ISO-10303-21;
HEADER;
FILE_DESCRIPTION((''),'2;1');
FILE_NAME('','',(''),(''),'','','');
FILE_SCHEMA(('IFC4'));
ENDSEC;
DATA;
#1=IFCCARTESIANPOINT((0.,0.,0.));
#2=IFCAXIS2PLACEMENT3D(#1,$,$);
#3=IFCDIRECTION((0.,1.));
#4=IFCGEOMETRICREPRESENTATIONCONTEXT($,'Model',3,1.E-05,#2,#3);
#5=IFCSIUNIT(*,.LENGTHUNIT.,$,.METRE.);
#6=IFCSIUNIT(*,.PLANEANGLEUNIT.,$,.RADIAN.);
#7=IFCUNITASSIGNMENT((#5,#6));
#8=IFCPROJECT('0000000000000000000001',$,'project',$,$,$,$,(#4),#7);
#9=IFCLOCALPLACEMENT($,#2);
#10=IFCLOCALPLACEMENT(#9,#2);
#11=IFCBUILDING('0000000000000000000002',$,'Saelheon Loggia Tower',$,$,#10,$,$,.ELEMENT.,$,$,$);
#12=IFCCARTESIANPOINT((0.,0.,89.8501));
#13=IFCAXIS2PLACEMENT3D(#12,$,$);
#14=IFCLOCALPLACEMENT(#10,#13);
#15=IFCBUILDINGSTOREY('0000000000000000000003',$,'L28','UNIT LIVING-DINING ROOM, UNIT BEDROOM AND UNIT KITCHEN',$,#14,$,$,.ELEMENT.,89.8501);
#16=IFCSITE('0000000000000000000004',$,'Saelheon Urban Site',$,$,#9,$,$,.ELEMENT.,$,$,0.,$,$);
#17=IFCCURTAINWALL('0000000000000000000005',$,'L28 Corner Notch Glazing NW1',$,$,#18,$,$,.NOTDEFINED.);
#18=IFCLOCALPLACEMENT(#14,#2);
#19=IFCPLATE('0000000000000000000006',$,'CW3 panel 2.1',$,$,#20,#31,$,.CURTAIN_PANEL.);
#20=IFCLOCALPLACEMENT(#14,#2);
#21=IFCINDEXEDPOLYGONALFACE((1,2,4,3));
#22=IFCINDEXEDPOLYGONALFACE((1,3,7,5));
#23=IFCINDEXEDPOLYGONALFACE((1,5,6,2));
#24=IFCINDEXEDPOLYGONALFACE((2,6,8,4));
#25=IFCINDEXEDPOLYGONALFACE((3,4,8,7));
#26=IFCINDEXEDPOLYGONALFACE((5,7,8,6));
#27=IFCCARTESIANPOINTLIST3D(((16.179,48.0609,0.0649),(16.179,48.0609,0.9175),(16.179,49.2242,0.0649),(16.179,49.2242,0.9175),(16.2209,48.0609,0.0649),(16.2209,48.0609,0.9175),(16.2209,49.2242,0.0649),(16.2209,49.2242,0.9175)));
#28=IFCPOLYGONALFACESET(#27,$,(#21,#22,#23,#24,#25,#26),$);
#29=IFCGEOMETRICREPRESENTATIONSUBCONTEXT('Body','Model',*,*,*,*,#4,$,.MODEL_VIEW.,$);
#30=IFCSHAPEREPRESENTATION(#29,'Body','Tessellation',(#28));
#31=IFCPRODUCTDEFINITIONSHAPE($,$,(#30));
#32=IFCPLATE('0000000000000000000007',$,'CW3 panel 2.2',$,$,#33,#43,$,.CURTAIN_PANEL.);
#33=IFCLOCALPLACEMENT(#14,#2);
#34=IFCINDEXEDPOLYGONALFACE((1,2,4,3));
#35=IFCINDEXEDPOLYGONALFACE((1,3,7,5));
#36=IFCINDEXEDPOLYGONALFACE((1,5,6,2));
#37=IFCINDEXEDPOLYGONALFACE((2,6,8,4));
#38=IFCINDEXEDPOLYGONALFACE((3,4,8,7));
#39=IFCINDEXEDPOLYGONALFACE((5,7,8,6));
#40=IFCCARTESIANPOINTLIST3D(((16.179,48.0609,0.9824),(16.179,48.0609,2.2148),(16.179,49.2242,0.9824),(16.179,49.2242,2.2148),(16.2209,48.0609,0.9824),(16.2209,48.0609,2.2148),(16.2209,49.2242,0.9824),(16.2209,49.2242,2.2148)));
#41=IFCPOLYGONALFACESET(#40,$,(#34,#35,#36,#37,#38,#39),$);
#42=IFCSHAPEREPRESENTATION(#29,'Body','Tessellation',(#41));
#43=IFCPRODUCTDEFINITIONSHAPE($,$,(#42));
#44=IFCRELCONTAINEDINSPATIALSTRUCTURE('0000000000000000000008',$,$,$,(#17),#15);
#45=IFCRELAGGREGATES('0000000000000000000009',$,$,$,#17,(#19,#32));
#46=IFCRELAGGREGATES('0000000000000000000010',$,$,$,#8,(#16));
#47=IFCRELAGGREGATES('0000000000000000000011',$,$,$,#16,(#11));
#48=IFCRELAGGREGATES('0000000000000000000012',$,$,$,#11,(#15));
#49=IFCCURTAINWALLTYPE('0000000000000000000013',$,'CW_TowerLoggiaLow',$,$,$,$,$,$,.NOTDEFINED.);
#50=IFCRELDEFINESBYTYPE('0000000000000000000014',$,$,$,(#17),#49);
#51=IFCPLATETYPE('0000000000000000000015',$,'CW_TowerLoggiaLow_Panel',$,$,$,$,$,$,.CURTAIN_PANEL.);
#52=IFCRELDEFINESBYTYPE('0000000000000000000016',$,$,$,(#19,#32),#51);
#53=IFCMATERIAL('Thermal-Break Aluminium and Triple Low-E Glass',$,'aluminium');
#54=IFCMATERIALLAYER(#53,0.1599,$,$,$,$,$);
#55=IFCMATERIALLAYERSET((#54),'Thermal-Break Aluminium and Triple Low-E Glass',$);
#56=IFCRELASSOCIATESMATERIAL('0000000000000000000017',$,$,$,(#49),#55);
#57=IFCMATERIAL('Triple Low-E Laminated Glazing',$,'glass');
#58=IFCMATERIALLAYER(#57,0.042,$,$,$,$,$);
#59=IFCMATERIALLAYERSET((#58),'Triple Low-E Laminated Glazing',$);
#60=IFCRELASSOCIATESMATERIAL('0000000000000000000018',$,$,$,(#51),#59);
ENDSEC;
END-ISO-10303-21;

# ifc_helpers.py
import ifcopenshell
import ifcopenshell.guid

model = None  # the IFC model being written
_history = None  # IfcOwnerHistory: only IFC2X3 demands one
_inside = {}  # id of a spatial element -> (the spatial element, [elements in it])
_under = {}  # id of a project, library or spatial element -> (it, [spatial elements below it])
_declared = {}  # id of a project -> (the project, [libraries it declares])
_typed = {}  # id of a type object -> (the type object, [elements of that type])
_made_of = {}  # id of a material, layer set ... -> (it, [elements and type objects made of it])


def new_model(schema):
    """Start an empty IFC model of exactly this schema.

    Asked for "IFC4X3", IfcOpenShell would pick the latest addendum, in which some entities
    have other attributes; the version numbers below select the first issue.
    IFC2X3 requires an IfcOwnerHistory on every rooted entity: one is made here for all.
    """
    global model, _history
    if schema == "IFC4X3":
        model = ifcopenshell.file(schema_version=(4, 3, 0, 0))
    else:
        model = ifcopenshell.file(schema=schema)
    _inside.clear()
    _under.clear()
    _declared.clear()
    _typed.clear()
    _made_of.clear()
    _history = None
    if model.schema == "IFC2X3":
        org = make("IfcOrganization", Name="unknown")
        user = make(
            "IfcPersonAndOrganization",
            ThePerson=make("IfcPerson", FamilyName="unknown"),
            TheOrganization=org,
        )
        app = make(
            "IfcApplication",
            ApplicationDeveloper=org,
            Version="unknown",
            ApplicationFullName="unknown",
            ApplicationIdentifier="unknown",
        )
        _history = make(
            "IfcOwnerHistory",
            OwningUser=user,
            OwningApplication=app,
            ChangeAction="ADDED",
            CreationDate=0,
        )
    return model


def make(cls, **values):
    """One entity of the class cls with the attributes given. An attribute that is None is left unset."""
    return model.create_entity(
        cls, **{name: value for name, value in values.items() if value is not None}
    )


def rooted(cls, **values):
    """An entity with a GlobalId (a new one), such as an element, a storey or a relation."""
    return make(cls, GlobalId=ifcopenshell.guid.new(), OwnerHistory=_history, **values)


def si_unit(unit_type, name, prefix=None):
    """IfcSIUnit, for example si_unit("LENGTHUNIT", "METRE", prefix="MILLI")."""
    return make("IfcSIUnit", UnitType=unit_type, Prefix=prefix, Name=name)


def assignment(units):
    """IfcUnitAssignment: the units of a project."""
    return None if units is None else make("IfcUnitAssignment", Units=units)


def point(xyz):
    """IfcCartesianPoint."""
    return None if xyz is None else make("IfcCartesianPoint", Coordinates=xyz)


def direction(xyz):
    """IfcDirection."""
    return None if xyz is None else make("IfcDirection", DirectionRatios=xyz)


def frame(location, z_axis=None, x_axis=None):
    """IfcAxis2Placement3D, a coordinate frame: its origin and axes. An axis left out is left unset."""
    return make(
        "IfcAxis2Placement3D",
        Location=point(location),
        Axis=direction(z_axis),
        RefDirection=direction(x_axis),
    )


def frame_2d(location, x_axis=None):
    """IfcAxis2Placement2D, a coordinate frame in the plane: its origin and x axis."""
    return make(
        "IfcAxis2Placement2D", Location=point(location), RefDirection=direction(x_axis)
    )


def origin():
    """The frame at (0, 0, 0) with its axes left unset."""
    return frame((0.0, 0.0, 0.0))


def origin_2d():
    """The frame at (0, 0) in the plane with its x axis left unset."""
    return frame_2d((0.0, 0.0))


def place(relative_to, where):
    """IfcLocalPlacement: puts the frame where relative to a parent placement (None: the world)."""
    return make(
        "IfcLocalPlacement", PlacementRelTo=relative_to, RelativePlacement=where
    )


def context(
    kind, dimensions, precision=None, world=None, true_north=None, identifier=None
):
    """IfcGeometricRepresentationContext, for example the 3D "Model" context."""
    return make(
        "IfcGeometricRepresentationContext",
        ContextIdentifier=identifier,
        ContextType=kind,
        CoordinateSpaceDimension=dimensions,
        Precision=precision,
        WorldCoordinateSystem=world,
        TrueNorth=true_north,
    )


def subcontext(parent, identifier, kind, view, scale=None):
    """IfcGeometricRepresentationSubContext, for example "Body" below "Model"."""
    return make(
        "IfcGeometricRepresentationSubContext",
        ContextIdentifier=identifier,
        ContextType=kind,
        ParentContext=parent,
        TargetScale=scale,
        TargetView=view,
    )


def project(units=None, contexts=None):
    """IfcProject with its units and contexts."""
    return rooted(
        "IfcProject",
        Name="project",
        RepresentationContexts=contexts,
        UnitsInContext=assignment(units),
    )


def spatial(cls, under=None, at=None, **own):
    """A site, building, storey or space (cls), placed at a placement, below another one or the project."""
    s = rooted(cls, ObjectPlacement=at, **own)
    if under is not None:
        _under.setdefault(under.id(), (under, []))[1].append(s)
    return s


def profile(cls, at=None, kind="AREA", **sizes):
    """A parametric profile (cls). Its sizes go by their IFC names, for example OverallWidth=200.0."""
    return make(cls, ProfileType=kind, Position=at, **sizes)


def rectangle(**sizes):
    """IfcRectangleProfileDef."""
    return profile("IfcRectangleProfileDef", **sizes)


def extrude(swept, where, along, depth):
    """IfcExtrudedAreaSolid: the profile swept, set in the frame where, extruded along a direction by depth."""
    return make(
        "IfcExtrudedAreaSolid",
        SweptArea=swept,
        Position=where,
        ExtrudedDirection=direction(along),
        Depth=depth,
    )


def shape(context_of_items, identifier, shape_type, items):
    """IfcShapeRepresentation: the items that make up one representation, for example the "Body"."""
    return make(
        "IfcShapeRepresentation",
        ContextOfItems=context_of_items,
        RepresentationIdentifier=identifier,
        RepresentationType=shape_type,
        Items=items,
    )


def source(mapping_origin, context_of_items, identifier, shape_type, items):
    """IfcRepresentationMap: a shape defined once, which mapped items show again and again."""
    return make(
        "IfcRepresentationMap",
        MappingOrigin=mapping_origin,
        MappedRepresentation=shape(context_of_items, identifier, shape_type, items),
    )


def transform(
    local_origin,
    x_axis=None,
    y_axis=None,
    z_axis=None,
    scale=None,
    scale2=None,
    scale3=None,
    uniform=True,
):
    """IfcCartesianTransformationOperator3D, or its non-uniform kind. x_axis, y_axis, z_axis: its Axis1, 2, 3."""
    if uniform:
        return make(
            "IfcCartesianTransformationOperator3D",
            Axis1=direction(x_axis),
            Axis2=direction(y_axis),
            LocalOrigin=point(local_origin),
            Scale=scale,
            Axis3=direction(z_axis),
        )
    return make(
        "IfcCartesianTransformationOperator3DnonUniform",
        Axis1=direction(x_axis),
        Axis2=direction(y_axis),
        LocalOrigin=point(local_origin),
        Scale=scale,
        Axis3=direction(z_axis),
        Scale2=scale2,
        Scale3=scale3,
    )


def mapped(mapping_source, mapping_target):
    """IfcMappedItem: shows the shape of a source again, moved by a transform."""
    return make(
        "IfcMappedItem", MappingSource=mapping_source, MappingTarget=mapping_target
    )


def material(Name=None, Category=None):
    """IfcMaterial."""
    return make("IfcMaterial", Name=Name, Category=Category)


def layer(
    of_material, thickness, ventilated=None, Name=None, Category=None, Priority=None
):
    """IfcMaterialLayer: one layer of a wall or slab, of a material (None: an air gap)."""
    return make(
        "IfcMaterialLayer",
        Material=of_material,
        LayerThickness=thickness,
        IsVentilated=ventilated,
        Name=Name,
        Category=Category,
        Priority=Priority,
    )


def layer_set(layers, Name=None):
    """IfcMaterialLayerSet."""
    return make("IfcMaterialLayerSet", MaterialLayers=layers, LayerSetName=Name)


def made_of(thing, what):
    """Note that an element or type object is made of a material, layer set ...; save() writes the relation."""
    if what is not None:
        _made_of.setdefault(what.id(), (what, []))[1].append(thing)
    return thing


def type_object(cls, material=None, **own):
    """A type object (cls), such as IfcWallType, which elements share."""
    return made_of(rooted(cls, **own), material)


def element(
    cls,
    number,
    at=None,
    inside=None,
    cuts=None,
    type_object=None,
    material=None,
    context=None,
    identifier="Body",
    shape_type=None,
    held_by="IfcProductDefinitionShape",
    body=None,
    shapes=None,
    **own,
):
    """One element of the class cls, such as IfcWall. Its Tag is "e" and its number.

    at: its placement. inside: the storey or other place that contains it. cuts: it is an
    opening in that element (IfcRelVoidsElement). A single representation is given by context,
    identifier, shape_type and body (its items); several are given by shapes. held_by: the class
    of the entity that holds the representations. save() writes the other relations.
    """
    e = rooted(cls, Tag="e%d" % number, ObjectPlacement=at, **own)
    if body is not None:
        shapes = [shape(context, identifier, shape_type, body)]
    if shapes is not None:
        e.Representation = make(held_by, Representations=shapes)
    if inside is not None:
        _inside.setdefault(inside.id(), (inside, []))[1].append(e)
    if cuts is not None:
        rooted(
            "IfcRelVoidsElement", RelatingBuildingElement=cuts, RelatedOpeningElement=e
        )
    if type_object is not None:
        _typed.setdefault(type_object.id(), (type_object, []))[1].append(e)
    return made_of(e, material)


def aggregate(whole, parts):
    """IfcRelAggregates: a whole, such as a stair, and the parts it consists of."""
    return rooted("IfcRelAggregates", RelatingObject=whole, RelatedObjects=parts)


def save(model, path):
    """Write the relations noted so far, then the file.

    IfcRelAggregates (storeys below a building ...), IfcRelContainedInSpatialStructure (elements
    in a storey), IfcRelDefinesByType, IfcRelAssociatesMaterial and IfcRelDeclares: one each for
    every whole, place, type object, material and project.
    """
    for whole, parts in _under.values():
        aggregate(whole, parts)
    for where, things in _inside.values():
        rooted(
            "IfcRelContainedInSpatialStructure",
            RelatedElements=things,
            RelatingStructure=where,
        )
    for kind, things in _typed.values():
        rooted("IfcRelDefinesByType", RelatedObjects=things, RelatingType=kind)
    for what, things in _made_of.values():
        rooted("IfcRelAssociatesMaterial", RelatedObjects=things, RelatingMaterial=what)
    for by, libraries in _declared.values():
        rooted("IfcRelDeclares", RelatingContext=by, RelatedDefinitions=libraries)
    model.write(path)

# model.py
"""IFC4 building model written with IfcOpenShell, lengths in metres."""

from ifc_helpers import new_model, si_unit, direction, frame, origin, origin_2d, place, context, subcontext, project, spatial, rectangle, extrude, source, transform, mapped, material, layer, layer_set, type_object, element, aggregate, save


model = new_model("IFC4")

# Units and contexts
model_context = context("Model", 3, precision=1e-05, world=origin(), true_north=direction((0.0, 1.0)))
body_context = subcontext(model_context, "Body", "Model", "MODEL_VIEW")
ifc_project = project(units=[si_unit("LENGTHUNIT", "METRE"), si_unit("PLANEANGLEUNIT", "RADIAN")], contexts=[model_context])

# Site, building, storey
site_placement = place(None, origin())
site = spatial("IfcSite", under=ifc_project, at=site_placement, Name="Saelheon Urban Site", CompositionType="ELEMENT", RefElevation=0.0)
building_placement = place(site_placement, origin())
building = spatial("IfcBuilding", under=site, at=building_placement, Name="Saelheon Loggia Tower", CompositionType="ELEMENT")
storey_placement = place(building_placement, frame((0.0, 0.0, 89.8501)))
storey = spatial("IfcBuildingStorey", under=building, at=storey_placement, Name="L28", Description="UNIT LIVING-DINING ROOM, UNIT BEDROOM AND UNIT KITCHEN", CompositionType="ELEMENT", Elevation=89.8501)

# Curtain wall, plates
ifc_material_1 = material(Name="Thermal-Break Aluminium and Triple Low-E Glass", Category="aluminium")
ifc_layer_1 = layer(ifc_material_1, 0.1599)
ifc_layer_set_1 = layer_set([ifc_layer_1], Name="Thermal-Break Aluminium and Triple Low-E Glass")
curtain_wall_type = type_object("IfcCurtainWallType", Name="CW_TowerLoggiaLow", PredefinedType="NOTDEFINED", material=ifc_layer_set_1)
curtain_wall_placement = place(storey_placement, origin())
curtain_wall = element("IfcCurtainWall", 1, at=curtain_wall_placement, inside=storey, type_object=curtain_wall_type, Name="L28 Corner Notch Glazing NW1", PredefinedType="NOTDEFINED")
ifc_material_2 = material(Name="Triple Low-E Laminated Glazing", Category="glass")
ifc_layer_2 = layer(ifc_material_2, 0.042)
ifc_layer_set_2 = layer_set([ifc_layer_2], Name="Triple Low-E Laminated Glazing")
plate_type = type_object("IfcPlateType", Name="CW_TowerLoggiaLow_Panel", PredefinedType="CURTAIN_PANEL", material=ifc_layer_set_2)
shared_shape_1 = source(origin(), body_context, "Body", "SweptSolid", [
    extrude(rectangle(XDim=1.1633, YDim=0.042, at=origin_2d()), origin(), (0.0, 0.0, 1.0), 0.8525),
])
plate_1_placement = place(storey_placement, frame((16.2, 48.6426, 0.0649), z_axis=(0.0, 0.0, 1.0), x_axis=(0.0, 1.0, 0.0)))
plate_1 = element("IfcPlate", 2, at=plate_1_placement, type_object=plate_type, Name="CW3 panel 2.1", PredefinedType="CURTAIN_PANEL", context=body_context, shape_type="MappedRepresentation", body=[
    mapped(shared_shape_1, transform((0.0, 0.0, 0.0), scale=1.0)),
])
shared_shape_2 = source(origin(), body_context, "Body", "SweptSolid", [
    extrude(rectangle(XDim=1.1633, YDim=0.042, at=origin_2d()), origin(), (0.0, 0.0, 1.0), 1.2324),
])
plate_2_placement = place(storey_placement, frame((16.2, 48.6426, 0.9824), z_axis=(0.0, 0.0, 1.0), x_axis=(0.0, 1.0, 0.0)))
plate_2 = element("IfcPlate", 3, at=plate_2_placement, type_object=plate_type, Name="CW3 panel 2.2", PredefinedType="CURTAIN_PANEL", context=body_context, shape_type="MappedRepresentation", body=[
    mapped(shared_shape_2, transform((0.0, 0.0, 0.0), scale=1.0)),
])
aggregate(curtain_wall, [plate_1, plate_2])

save(model, "model.ifc")
